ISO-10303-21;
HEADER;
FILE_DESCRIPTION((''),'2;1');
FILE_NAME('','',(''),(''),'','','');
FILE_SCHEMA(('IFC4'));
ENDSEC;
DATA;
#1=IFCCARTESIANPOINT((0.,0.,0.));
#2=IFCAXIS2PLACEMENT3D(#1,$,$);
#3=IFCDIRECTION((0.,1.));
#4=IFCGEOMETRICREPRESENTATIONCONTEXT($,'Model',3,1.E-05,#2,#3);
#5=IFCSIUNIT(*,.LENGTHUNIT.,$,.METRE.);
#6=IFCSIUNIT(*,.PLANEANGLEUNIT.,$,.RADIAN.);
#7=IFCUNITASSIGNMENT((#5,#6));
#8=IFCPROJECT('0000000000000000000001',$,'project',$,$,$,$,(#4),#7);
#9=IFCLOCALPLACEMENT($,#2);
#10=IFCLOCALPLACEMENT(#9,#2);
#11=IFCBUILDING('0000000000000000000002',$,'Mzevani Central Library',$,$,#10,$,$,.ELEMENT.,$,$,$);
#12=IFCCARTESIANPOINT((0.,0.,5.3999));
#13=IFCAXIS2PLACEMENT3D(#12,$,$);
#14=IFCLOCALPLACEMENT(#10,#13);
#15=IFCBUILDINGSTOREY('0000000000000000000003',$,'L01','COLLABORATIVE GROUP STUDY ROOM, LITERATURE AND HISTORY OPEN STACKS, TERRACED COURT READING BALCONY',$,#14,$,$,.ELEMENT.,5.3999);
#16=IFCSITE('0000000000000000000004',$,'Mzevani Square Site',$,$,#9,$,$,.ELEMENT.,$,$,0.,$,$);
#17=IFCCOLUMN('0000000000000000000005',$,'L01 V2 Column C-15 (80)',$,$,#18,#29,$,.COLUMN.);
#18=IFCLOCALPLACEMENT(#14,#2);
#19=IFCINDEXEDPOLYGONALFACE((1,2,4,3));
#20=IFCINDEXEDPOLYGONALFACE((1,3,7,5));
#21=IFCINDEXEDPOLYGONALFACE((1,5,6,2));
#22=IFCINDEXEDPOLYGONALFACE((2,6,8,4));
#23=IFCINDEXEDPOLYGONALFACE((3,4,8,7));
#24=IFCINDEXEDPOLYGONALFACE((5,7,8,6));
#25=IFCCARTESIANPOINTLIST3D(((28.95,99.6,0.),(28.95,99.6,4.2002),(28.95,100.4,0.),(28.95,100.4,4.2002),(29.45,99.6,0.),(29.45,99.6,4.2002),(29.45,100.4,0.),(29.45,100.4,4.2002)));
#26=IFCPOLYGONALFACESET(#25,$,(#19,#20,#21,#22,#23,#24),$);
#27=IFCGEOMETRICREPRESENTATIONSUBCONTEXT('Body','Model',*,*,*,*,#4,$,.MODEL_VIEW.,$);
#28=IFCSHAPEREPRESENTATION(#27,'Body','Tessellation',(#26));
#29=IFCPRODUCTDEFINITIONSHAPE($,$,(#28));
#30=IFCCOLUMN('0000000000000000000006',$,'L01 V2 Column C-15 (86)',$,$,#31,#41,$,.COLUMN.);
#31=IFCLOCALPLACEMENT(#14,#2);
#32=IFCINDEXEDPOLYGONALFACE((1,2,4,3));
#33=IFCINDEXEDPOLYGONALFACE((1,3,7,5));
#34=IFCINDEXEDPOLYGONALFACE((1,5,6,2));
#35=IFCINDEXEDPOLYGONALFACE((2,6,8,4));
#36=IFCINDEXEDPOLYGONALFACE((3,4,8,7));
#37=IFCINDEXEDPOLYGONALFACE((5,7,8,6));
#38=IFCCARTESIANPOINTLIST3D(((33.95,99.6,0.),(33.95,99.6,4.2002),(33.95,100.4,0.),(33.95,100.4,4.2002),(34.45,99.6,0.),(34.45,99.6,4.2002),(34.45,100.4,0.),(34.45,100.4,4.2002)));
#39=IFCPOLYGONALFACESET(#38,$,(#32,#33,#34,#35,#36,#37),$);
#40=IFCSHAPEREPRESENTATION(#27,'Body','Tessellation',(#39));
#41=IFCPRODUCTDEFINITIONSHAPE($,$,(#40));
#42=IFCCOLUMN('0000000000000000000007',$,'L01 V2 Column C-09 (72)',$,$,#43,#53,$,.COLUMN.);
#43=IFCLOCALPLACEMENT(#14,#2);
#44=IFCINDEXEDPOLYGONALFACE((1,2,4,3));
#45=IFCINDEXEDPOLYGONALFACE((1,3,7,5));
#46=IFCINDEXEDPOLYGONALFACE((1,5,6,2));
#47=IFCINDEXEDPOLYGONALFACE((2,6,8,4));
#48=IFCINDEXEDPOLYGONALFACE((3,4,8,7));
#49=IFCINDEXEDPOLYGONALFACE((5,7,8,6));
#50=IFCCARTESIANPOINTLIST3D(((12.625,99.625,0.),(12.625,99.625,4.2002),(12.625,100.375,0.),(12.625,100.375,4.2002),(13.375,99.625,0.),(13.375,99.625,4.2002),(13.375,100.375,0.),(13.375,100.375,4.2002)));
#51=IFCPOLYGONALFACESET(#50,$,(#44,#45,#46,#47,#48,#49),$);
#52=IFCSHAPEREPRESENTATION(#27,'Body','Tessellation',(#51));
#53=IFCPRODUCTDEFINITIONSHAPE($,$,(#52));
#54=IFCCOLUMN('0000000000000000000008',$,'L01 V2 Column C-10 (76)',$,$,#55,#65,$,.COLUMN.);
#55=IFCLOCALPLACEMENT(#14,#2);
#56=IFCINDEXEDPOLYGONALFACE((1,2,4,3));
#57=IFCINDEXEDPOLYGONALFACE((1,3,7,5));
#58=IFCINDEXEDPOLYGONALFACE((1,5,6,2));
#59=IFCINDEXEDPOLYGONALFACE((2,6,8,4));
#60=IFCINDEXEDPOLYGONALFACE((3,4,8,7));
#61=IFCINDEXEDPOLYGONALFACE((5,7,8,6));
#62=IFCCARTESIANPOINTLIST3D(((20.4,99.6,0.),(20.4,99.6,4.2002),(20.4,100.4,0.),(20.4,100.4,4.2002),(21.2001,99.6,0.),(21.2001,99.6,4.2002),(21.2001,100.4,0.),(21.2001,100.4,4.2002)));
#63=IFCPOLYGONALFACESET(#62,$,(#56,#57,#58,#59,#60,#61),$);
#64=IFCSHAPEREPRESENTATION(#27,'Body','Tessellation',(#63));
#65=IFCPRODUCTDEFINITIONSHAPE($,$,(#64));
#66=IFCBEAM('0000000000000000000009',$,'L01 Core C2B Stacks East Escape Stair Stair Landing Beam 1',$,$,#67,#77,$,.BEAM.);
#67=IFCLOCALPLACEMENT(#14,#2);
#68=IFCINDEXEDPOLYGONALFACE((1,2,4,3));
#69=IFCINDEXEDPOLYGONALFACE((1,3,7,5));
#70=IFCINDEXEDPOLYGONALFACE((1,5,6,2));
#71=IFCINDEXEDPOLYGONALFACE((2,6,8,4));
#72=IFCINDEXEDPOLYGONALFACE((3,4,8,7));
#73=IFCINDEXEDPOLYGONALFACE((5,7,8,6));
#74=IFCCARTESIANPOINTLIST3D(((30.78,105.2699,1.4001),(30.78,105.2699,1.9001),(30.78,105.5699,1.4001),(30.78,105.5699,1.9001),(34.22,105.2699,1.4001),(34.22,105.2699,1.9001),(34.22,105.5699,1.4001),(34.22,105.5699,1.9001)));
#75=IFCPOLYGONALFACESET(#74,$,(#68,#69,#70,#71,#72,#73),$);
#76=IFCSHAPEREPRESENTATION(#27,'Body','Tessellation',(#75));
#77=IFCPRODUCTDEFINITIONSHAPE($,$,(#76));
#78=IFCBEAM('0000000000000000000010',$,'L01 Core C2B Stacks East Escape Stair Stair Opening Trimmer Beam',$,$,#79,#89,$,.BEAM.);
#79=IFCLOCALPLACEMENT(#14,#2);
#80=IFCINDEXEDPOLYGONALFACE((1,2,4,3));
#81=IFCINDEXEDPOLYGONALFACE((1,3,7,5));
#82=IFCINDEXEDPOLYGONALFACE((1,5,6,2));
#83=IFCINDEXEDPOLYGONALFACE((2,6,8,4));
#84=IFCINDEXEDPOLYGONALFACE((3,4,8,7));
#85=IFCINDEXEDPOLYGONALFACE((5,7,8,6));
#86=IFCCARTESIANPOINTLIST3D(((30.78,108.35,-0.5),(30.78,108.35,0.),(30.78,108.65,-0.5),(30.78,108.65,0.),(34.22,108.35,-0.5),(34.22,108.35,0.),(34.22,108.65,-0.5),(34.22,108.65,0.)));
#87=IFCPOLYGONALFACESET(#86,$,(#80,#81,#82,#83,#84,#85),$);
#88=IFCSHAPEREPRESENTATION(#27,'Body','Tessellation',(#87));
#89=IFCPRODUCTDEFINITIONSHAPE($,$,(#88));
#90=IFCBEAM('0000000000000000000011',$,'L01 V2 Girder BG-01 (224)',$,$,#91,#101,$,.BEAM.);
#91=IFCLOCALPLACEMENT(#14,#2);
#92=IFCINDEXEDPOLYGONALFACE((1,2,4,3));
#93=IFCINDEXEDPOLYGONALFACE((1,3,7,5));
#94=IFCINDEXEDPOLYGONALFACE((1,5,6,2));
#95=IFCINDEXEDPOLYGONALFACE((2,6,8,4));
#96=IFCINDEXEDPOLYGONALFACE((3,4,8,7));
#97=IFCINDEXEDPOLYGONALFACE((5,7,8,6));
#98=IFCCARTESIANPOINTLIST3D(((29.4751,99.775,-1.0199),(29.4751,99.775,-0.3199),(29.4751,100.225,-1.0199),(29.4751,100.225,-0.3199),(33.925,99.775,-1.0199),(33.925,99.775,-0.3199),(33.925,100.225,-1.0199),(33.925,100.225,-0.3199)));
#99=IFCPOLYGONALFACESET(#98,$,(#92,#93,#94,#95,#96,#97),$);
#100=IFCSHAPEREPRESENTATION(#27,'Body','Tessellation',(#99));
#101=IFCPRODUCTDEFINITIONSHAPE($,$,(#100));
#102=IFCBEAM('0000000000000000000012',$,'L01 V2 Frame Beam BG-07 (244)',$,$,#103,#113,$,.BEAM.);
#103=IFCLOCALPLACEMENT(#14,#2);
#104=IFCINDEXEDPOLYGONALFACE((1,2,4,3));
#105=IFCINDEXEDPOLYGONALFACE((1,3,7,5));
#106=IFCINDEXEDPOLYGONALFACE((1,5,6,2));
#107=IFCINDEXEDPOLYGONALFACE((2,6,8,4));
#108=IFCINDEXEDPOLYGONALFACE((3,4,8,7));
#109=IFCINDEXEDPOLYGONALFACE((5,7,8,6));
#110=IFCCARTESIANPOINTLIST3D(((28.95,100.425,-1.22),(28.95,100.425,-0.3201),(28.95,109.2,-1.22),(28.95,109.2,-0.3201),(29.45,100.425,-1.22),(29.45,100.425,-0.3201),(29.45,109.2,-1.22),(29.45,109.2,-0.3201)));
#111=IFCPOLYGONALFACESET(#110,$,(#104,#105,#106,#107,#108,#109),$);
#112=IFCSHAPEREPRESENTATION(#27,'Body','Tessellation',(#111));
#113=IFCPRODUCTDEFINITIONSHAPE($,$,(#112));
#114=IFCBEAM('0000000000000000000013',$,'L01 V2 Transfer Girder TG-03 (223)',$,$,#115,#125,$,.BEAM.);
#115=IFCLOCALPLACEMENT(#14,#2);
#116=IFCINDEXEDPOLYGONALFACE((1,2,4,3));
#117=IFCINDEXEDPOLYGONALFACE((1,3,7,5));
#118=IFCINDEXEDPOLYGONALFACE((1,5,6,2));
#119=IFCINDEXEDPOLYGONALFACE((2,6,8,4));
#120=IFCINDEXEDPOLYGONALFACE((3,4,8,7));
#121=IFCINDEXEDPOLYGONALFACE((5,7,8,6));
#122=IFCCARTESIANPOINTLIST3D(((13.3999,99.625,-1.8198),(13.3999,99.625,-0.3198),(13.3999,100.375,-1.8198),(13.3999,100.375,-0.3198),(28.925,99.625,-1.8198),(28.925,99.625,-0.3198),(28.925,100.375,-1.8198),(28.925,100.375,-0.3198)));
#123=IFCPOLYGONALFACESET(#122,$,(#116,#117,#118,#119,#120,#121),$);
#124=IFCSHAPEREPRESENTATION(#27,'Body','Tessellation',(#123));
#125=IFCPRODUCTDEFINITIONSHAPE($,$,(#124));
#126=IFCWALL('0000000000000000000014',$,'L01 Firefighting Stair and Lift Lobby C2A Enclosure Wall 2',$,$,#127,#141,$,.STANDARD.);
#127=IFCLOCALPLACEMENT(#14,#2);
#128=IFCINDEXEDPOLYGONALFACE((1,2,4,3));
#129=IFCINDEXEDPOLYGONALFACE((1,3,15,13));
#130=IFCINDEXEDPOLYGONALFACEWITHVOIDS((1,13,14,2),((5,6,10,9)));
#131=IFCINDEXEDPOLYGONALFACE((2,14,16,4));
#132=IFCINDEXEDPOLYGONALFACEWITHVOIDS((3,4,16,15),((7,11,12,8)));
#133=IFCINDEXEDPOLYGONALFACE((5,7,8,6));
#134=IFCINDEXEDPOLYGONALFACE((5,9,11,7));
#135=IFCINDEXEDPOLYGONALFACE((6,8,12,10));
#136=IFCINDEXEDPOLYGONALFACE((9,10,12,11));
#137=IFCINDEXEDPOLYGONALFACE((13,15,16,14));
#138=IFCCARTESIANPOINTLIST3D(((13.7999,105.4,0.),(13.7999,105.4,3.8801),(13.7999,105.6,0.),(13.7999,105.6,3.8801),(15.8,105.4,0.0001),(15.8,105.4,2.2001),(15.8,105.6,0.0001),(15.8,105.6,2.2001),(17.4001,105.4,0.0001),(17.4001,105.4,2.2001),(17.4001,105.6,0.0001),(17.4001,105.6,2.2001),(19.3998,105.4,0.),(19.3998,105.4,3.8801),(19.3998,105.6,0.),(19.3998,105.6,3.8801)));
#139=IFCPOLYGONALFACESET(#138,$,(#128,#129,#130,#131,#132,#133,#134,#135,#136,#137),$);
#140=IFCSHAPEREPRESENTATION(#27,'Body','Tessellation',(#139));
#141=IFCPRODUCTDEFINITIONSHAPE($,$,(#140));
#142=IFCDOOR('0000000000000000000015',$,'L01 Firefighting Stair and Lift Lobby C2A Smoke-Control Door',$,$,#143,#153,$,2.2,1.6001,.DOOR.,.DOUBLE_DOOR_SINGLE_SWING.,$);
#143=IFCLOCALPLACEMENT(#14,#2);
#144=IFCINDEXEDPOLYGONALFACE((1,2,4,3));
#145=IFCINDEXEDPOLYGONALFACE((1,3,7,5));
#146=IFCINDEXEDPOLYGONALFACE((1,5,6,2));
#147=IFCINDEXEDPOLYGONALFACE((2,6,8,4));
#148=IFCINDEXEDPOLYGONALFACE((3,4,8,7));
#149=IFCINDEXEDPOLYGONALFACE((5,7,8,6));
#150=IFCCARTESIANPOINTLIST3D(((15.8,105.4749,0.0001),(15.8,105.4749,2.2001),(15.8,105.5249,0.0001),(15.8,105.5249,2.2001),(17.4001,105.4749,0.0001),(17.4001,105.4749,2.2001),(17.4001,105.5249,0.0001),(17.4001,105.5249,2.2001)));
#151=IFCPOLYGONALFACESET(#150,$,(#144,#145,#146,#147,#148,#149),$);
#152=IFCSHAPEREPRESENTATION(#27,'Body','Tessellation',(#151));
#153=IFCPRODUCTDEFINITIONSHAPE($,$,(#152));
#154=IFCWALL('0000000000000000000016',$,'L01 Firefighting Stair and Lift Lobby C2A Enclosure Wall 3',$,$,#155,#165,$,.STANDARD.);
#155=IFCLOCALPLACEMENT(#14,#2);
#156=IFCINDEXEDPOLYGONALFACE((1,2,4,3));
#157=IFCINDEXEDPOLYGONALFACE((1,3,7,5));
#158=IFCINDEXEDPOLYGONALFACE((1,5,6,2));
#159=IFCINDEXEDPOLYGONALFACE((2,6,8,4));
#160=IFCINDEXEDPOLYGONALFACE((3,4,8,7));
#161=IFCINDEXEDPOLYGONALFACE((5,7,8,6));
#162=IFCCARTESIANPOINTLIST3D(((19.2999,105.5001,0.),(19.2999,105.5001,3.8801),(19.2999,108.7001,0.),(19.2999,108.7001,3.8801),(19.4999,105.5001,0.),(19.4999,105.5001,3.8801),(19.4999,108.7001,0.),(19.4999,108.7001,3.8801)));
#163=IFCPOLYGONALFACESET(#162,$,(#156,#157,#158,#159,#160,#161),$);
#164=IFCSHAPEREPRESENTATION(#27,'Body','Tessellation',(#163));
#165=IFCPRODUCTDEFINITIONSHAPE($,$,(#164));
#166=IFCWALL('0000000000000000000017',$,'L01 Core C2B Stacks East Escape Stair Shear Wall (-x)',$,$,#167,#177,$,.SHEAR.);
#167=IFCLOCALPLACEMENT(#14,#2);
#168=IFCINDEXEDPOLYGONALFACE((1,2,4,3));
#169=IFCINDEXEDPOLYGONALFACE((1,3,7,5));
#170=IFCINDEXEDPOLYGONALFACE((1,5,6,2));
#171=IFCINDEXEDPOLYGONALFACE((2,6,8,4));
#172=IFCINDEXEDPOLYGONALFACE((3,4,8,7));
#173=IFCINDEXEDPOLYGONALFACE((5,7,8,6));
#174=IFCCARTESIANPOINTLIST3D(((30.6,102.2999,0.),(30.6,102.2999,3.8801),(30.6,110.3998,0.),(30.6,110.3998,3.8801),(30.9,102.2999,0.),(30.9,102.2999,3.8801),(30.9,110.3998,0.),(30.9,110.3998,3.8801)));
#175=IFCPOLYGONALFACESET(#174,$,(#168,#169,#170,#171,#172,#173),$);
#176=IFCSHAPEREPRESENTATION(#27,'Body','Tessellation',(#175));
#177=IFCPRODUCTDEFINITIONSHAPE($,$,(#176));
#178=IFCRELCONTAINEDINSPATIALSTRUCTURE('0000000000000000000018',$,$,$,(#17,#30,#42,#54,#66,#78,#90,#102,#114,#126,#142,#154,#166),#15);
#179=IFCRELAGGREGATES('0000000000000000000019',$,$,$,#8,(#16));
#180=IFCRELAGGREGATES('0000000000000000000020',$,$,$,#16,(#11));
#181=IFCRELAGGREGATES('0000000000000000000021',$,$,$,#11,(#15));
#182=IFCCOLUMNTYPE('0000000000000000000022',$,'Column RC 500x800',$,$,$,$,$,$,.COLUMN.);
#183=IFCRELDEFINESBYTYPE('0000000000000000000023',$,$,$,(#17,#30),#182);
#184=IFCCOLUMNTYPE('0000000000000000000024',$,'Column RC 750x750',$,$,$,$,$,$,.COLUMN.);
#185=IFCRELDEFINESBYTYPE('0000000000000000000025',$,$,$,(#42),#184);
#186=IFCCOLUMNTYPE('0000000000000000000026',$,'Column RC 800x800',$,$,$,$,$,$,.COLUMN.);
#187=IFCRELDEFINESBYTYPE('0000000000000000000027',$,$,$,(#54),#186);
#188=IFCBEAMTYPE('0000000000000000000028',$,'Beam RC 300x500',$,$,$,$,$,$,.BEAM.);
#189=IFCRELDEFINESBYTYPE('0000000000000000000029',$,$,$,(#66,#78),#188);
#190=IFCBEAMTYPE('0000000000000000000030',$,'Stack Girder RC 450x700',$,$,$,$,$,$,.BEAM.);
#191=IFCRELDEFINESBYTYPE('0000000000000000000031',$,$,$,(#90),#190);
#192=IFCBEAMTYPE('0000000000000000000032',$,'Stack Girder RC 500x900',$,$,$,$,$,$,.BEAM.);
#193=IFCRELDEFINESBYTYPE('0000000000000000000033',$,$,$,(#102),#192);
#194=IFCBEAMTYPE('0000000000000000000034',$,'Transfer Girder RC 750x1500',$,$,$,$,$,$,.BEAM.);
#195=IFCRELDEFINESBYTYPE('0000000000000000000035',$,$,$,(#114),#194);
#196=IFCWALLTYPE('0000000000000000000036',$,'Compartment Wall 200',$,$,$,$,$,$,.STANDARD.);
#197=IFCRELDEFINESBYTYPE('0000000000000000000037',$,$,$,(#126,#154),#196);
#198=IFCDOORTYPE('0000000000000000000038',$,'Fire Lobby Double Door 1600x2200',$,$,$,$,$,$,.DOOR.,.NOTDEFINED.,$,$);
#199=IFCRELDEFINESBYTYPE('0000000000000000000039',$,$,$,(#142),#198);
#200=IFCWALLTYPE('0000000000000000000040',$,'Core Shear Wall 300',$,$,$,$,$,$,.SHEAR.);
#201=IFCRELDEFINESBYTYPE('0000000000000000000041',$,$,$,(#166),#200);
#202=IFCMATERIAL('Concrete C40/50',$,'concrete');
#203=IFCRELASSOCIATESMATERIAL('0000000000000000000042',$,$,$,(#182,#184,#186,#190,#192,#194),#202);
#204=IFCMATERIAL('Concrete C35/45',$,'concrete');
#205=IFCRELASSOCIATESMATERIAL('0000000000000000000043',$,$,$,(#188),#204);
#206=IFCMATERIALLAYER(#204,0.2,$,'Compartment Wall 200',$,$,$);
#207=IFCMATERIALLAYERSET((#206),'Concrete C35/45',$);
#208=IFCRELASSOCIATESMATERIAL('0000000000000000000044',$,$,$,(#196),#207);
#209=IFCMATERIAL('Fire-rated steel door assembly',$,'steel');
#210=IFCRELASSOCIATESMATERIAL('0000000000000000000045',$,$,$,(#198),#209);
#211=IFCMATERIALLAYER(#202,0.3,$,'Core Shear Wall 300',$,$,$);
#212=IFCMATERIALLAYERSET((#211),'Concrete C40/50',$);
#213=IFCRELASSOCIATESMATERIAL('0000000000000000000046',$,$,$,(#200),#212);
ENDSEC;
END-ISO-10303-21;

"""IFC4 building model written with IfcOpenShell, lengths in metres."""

from ifc_helpers import new_model, si_unit, direction, frame, frame_2d, origin, origin_2d, place, context, subcontext, project, spatial, rectangle, extrude, material, layer, layer_set, material_profile, profile_set, type_object, element, fill, save


model = new_model("IFC4")

# Units and contexts
model_context = context("Model", 3, precision=1e-05, world=origin(), true_north=direction((0.0, 1.0)))
body_context = subcontext(model_context, "Body", "Model", "MODEL_VIEW")
ifc_project = project(units=[si_unit("LENGTHUNIT", "METRE"), si_unit("PLANEANGLEUNIT", "RADIAN")], contexts=[model_context])

# Site, building, storey
site_placement = place(None, origin())
site = spatial("IfcSite", under=ifc_project, at=site_placement, Name="Mzevani Square Site", CompositionType="ELEMENT", RefElevation=0.0)
building_placement = place(site_placement, origin())
building = spatial("IfcBuilding", under=site, at=building_placement, Name="Mzevani Central Library", CompositionType="ELEMENT")
storey_placement = place(building_placement, frame((0.0, 0.0, 5.3999)))
storey = spatial("IfcBuildingStorey", under=building, at=storey_placement, Name="L01", Description="COLLABORATIVE GROUP STUDY ROOM, LITERATURE AND HISTORY OPEN STACKS, TERRACED COURT READING BALCONY", CompositionType="ELEMENT", Elevation=5.3999)

# Columns
ifc_material_1 = material(Name="Concrete C40/50", Category="concrete")
ifc_material_profile_1 = material_profile(ifc_material_1, rectangle(XDim=0.5, YDim=0.8, at=origin_2d()), Name="RC 500x800")
ifc_profile_set_1 = profile_set([ifc_material_profile_1], Name="Concrete C40/50")
column_type_1 = type_object("IfcColumnType", Name="Column RC 500x800", PredefinedType="COLUMN", material=ifc_profile_set_1)
for number, where, z_axis, x_axis, name in (
    (1, (29.2, 100.0, 0.0), (0.0, 0.0, 1.0), (1.0, 0.0, 0.0), "L01 V2 Column C-15 (80)"),
    (2, (34.2, 100.0, 0.0), (0.0, 0.0, 1.0), (1.0, 0.0, 0.0), "L01 V2 Column C-15 (86)"),
):
    element("IfcColumn", number, at=place(storey_placement, frame(where, z_axis=z_axis, x_axis=x_axis)), inside=storey, type_object=column_type_1, Name=name, PredefinedType="COLUMN", context=body_context, shape_type="SweptSolid", body=[
        extrude(rectangle(XDim=0.5, YDim=0.8, at=origin_2d()), origin(), (0.0, 0.0, 1.0), 4.2002),
    ])
ifc_material_profile_2 = material_profile(ifc_material_1, rectangle(XDim=0.75, YDim=0.75, at=origin_2d()), Name="RC 750x750")
ifc_profile_set_2 = profile_set([ifc_material_profile_2], Name="Concrete C40/50")
column_type_2 = type_object("IfcColumnType", Name="Column RC 750x750", PredefinedType="COLUMN", material=ifc_profile_set_2)
column_1_placement = place(storey_placement, frame((13.0, 100.0, 0.0), z_axis=(0.0, 0.0, 1.0), x_axis=(1.0, 0.0, 0.0)))
element("IfcColumn", 3, at=column_1_placement, inside=storey, type_object=column_type_2, Name="L01 V2 Column C-09 (72)", PredefinedType="COLUMN", context=body_context, shape_type="SweptSolid", body=[
    extrude(rectangle(XDim=0.75, YDim=0.75, at=origin_2d()), origin(), (0.0, 0.0, 1.0), 4.2002),
])
ifc_material_profile_3 = material_profile(ifc_material_1, rectangle(XDim=0.8, YDim=0.8, at=origin_2d()), Name="RC 800x800")
ifc_profile_set_3 = profile_set([ifc_material_profile_3], Name="Concrete C40/50")
column_type_3 = type_object("IfcColumnType", Name="Column RC 800x800", PredefinedType="COLUMN", material=ifc_profile_set_3)
column_2_placement = place(storey_placement, frame((20.8, 100.0, 0.0), z_axis=(0.0, 0.0, 1.0), x_axis=(1.0, 0.0, 0.0)))
element("IfcColumn", 4, at=column_2_placement, inside=storey, type_object=column_type_3, Name="L01 V2 Column C-10 (76)", PredefinedType="COLUMN", context=body_context, shape_type="SweptSolid", body=[
    extrude(rectangle(XDim=0.8, YDim=0.8, at=origin_2d()), origin(), (0.0, 0.0, 1.0), 4.2002),
])

# Beams
ifc_material_2 = material(Name="Concrete C35/45", Category="concrete")
ifc_material_profile_4 = material_profile(ifc_material_2, rectangle(XDim=0.3, YDim=0.5, at=origin_2d()), Name="RC B300x500")
ifc_profile_set_4 = profile_set([ifc_material_profile_4], Name="Concrete C35/45")
beam_type_1 = type_object("IfcBeamType", Name="Beam RC 300x500", PredefinedType="BEAM", material=ifc_profile_set_4)
for number, where, z_axis, x_axis, name in (
    (5, (30.78, 105.4199, 1.6501), (1.0, 0.0, 0.0), (0.0, 1.0, 0.0), "L01 Core C2B Stacks East Escape Stair Stair Landing Beam 1"),
    (6, (30.78, 108.5, -0.25), (1.0, 0.0, 0.0), (0.0, 1.0, 0.0), "L01 Core C2B Stacks East Escape Stair Stair Opening Trimmer Beam"),
):
    element("IfcBeam", number, at=place(storey_placement, frame(where, z_axis=z_axis, x_axis=x_axis)), inside=storey, type_object=beam_type_1, Name=name, PredefinedType="BEAM", context=body_context, shape_type="SweptSolid", body=[
        extrude(rectangle(XDim=0.3, YDim=0.5, at=origin_2d()), origin(), (0.0, 0.0, 1.0), 3.4399),
    ])
ifc_material_profile_5 = material_profile(ifc_material_1, rectangle(XDim=0.45, YDim=0.7, at=origin_2d()), Name="RC B450x700")
ifc_profile_set_5 = profile_set([ifc_material_profile_5], Name="Concrete C40/50")
beam_type_2 = type_object("IfcBeamType", Name="Stack Girder RC 450x700", PredefinedType="BEAM", material=ifc_profile_set_5)
beam_1_placement = place(storey_placement, frame((29.4751, 100.0, -0.6699), z_axis=(1.0, 0.0, 0.0), x_axis=(0.0, 1.0, 0.0)))
element("IfcBeam", 7, at=beam_1_placement, inside=storey, type_object=beam_type_2, Name="L01 V2 Girder BG-01 (224)", PredefinedType="BEAM", context=body_context, shape_type="SweptSolid", body=[
    extrude(rectangle(XDim=0.45, YDim=0.7, at=origin_2d()), origin(), (0.0, 0.0, 1.0), 4.45),
])
ifc_material_profile_6 = material_profile(ifc_material_1, rectangle(XDim=0.5, YDim=0.8999, at=origin_2d()), Name="RC B500x900")
ifc_profile_set_6 = profile_set([ifc_material_profile_6], Name="Concrete C40/50")
beam_type_3 = type_object("IfcBeamType", Name="Stack Girder RC 500x900", PredefinedType="BEAM", material=ifc_profile_set_6)
beam_2_placement = place(storey_placement, frame((29.2, 100.425, -0.77), z_axis=(0.0, 1.0, 0.0), x_axis=(-1.0, 0.0, 0.0)))
element("IfcBeam", 8, at=beam_2_placement, inside=storey, type_object=beam_type_3, Name="L01 V2 Frame Beam BG-07 (244)", PredefinedType="BEAM", context=body_context, shape_type="SweptSolid", body=[
    extrude(rectangle(XDim=0.5, YDim=0.8999, at=origin_2d()), origin(), (0.0, 0.0, 1.0), 8.7749),
])
ifc_material_profile_7 = material_profile(ifc_material_1, rectangle(XDim=0.75, YDim=1.5, at=origin_2d()), Name="RC TG750x1500")
ifc_profile_set_7 = profile_set([ifc_material_profile_7], Name="Concrete C40/50")
beam_type_4 = type_object("IfcBeamType", Name="Transfer Girder RC 750x1500", PredefinedType="BEAM", material=ifc_profile_set_7)
beam_3_placement = place(storey_placement, frame((13.3999, 100.0, -1.0698), z_axis=(1.0, 0.0, 0.0), x_axis=(0.0, 1.0, 0.0)))
element("IfcBeam", 9, at=beam_3_placement, inside=storey, type_object=beam_type_4, Name="L01 V2 Transfer Girder TG-03 (223)", PredefinedType="BEAM", context=body_context, shape_type="SweptSolid", body=[
    extrude(rectangle(XDim=0.75, YDim=1.5, at=origin_2d()), origin(), (0.0, 0.0, 1.0), 15.5251),
])

# Wall, opening, door
ifc_layer_1 = layer(ifc_material_2, 0.2, Name="Compartment Wall 200")
ifc_layer_set_1 = layer_set([ifc_layer_1], Name="Concrete C35/45")
wall_type_1 = type_object("IfcWallType", Name="Compartment Wall 200", PredefinedType="STANDARD", material=ifc_layer_set_1)
wall_1_placement = place(storey_placement, frame((13.8, 105.5, 0.0), z_axis=(0.0, 0.0, 1.0), x_axis=(1.0, 0.0, 0.0)))
wall_1 = element("IfcWall", 10, at=wall_1_placement, inside=storey, type_object=wall_type_1, Name="L01 Firefighting Stair and Lift Lobby C2A Enclosure Wall 2", PredefinedType="STANDARD", context=body_context, shape_type="SweptSolid", body=[
    extrude(rectangle(XDim=5.5999, YDim=0.2, at=frame_2d((2.7998, 0.0))), origin(), (0.0, 0.0, 1.0), 3.8801),
])
opening_1_placement = place(wall_1_placement, frame((2.0, 0.0, 0.0)))
opening_1 = element("IfcOpeningElement", 11, at=opening_1_placement, cuts=wall_1, PredefinedType="OPENING", context=body_context, shape_type="SweptSolid", body=[
    extrude(rectangle(XDim=1.6001, YDim=2.2, at=frame_2d((0.8, 1.1001))), frame((0.0, 0.1099, 0.0), z_axis=(0.0, -1.0, 0.0), x_axis=(1.0, 0.0, 0.0)), (0.0, 0.0, 1.0), 0.22),
])
ifc_material_3 = material(Name="Fire-rated steel door assembly", Category="steel")
door_type_1 = type_object("IfcDoorType", Name="Fire Lobby Double Door 1600x2200", OperationType="NOTDEFINED", PredefinedType="DOOR", material=ifc_material_3)
door_1_placement = place(opening_1_placement, origin())
door_1 = element("IfcDoor", 12, at=door_1_placement, inside=storey, type_object=door_type_1, Name="L01 Firefighting Stair and Lift Lobby C2A Smoke-Control Door", OperationType="DOUBLE_DOOR_SINGLE_SWING", OverallHeight=2.2, OverallWidth=1.6001, PredefinedType="DOOR", context=body_context, shape_type="SweptSolid", body=[
    extrude(rectangle(XDim=1.6001, YDim=2.2, at=frame_2d((0.8, 1.1001))), frame((0.0, 0.0249, 0.0), z_axis=(0.0, -1.0, 0.0), x_axis=(1.0, 0.0, 0.0)), (0.0, 0.0, 1.0), 0.05),
])
fill(opening_1, door_1)

# Walls
wall_2_placement = place(storey_placement, frame((19.3999, 105.5, 0.0), z_axis=(0.0, 0.0, 1.0), x_axis=(0.0, 1.0, 0.0)))
element("IfcWall", 13, at=wall_2_placement, inside=storey, type_object=wall_type_1, Name="L01 Firefighting Stair and Lift Lobby C2A Enclosure Wall 3", PredefinedType="STANDARD", context=body_context, shape_type="SweptSolid", body=[
    extrude(rectangle(XDim=3.2, YDim=0.2, at=frame_2d((1.6001, 0.0))), origin(), (0.0, 0.0, 1.0), 3.8801),
])
ifc_layer_2 = layer(ifc_material_1, 0.3, Name="Core Shear Wall 300")
ifc_layer_set_2 = layer_set([ifc_layer_2], Name="Concrete C40/50")
wall_type_2 = type_object("IfcWallType", Name="Core Shear Wall 300", PredefinedType="SHEAR", material=ifc_layer_set_2)
wall_3_placement = place(storey_placement, frame((30.75, 102.3, 0.0), z_axis=(0.0, 0.0, 1.0), x_axis=(0.0, 1.0, 0.0)))
element("IfcWall", 14, at=wall_3_placement, inside=storey, type_object=wall_type_2, Name="L01 Core C2B Stacks East Escape Stair Shear Wall (-x)", PredefinedType="SHEAR", context=body_context, shape_type="SweptSolid", body=[
    extrude(rectangle(XDim=8.0999, YDim=0.3, at=frame_2d((4.0498, 0.0))), origin(), (0.0, 0.0, 1.0), 3.8801),
])

save(model, "model.ifc")
